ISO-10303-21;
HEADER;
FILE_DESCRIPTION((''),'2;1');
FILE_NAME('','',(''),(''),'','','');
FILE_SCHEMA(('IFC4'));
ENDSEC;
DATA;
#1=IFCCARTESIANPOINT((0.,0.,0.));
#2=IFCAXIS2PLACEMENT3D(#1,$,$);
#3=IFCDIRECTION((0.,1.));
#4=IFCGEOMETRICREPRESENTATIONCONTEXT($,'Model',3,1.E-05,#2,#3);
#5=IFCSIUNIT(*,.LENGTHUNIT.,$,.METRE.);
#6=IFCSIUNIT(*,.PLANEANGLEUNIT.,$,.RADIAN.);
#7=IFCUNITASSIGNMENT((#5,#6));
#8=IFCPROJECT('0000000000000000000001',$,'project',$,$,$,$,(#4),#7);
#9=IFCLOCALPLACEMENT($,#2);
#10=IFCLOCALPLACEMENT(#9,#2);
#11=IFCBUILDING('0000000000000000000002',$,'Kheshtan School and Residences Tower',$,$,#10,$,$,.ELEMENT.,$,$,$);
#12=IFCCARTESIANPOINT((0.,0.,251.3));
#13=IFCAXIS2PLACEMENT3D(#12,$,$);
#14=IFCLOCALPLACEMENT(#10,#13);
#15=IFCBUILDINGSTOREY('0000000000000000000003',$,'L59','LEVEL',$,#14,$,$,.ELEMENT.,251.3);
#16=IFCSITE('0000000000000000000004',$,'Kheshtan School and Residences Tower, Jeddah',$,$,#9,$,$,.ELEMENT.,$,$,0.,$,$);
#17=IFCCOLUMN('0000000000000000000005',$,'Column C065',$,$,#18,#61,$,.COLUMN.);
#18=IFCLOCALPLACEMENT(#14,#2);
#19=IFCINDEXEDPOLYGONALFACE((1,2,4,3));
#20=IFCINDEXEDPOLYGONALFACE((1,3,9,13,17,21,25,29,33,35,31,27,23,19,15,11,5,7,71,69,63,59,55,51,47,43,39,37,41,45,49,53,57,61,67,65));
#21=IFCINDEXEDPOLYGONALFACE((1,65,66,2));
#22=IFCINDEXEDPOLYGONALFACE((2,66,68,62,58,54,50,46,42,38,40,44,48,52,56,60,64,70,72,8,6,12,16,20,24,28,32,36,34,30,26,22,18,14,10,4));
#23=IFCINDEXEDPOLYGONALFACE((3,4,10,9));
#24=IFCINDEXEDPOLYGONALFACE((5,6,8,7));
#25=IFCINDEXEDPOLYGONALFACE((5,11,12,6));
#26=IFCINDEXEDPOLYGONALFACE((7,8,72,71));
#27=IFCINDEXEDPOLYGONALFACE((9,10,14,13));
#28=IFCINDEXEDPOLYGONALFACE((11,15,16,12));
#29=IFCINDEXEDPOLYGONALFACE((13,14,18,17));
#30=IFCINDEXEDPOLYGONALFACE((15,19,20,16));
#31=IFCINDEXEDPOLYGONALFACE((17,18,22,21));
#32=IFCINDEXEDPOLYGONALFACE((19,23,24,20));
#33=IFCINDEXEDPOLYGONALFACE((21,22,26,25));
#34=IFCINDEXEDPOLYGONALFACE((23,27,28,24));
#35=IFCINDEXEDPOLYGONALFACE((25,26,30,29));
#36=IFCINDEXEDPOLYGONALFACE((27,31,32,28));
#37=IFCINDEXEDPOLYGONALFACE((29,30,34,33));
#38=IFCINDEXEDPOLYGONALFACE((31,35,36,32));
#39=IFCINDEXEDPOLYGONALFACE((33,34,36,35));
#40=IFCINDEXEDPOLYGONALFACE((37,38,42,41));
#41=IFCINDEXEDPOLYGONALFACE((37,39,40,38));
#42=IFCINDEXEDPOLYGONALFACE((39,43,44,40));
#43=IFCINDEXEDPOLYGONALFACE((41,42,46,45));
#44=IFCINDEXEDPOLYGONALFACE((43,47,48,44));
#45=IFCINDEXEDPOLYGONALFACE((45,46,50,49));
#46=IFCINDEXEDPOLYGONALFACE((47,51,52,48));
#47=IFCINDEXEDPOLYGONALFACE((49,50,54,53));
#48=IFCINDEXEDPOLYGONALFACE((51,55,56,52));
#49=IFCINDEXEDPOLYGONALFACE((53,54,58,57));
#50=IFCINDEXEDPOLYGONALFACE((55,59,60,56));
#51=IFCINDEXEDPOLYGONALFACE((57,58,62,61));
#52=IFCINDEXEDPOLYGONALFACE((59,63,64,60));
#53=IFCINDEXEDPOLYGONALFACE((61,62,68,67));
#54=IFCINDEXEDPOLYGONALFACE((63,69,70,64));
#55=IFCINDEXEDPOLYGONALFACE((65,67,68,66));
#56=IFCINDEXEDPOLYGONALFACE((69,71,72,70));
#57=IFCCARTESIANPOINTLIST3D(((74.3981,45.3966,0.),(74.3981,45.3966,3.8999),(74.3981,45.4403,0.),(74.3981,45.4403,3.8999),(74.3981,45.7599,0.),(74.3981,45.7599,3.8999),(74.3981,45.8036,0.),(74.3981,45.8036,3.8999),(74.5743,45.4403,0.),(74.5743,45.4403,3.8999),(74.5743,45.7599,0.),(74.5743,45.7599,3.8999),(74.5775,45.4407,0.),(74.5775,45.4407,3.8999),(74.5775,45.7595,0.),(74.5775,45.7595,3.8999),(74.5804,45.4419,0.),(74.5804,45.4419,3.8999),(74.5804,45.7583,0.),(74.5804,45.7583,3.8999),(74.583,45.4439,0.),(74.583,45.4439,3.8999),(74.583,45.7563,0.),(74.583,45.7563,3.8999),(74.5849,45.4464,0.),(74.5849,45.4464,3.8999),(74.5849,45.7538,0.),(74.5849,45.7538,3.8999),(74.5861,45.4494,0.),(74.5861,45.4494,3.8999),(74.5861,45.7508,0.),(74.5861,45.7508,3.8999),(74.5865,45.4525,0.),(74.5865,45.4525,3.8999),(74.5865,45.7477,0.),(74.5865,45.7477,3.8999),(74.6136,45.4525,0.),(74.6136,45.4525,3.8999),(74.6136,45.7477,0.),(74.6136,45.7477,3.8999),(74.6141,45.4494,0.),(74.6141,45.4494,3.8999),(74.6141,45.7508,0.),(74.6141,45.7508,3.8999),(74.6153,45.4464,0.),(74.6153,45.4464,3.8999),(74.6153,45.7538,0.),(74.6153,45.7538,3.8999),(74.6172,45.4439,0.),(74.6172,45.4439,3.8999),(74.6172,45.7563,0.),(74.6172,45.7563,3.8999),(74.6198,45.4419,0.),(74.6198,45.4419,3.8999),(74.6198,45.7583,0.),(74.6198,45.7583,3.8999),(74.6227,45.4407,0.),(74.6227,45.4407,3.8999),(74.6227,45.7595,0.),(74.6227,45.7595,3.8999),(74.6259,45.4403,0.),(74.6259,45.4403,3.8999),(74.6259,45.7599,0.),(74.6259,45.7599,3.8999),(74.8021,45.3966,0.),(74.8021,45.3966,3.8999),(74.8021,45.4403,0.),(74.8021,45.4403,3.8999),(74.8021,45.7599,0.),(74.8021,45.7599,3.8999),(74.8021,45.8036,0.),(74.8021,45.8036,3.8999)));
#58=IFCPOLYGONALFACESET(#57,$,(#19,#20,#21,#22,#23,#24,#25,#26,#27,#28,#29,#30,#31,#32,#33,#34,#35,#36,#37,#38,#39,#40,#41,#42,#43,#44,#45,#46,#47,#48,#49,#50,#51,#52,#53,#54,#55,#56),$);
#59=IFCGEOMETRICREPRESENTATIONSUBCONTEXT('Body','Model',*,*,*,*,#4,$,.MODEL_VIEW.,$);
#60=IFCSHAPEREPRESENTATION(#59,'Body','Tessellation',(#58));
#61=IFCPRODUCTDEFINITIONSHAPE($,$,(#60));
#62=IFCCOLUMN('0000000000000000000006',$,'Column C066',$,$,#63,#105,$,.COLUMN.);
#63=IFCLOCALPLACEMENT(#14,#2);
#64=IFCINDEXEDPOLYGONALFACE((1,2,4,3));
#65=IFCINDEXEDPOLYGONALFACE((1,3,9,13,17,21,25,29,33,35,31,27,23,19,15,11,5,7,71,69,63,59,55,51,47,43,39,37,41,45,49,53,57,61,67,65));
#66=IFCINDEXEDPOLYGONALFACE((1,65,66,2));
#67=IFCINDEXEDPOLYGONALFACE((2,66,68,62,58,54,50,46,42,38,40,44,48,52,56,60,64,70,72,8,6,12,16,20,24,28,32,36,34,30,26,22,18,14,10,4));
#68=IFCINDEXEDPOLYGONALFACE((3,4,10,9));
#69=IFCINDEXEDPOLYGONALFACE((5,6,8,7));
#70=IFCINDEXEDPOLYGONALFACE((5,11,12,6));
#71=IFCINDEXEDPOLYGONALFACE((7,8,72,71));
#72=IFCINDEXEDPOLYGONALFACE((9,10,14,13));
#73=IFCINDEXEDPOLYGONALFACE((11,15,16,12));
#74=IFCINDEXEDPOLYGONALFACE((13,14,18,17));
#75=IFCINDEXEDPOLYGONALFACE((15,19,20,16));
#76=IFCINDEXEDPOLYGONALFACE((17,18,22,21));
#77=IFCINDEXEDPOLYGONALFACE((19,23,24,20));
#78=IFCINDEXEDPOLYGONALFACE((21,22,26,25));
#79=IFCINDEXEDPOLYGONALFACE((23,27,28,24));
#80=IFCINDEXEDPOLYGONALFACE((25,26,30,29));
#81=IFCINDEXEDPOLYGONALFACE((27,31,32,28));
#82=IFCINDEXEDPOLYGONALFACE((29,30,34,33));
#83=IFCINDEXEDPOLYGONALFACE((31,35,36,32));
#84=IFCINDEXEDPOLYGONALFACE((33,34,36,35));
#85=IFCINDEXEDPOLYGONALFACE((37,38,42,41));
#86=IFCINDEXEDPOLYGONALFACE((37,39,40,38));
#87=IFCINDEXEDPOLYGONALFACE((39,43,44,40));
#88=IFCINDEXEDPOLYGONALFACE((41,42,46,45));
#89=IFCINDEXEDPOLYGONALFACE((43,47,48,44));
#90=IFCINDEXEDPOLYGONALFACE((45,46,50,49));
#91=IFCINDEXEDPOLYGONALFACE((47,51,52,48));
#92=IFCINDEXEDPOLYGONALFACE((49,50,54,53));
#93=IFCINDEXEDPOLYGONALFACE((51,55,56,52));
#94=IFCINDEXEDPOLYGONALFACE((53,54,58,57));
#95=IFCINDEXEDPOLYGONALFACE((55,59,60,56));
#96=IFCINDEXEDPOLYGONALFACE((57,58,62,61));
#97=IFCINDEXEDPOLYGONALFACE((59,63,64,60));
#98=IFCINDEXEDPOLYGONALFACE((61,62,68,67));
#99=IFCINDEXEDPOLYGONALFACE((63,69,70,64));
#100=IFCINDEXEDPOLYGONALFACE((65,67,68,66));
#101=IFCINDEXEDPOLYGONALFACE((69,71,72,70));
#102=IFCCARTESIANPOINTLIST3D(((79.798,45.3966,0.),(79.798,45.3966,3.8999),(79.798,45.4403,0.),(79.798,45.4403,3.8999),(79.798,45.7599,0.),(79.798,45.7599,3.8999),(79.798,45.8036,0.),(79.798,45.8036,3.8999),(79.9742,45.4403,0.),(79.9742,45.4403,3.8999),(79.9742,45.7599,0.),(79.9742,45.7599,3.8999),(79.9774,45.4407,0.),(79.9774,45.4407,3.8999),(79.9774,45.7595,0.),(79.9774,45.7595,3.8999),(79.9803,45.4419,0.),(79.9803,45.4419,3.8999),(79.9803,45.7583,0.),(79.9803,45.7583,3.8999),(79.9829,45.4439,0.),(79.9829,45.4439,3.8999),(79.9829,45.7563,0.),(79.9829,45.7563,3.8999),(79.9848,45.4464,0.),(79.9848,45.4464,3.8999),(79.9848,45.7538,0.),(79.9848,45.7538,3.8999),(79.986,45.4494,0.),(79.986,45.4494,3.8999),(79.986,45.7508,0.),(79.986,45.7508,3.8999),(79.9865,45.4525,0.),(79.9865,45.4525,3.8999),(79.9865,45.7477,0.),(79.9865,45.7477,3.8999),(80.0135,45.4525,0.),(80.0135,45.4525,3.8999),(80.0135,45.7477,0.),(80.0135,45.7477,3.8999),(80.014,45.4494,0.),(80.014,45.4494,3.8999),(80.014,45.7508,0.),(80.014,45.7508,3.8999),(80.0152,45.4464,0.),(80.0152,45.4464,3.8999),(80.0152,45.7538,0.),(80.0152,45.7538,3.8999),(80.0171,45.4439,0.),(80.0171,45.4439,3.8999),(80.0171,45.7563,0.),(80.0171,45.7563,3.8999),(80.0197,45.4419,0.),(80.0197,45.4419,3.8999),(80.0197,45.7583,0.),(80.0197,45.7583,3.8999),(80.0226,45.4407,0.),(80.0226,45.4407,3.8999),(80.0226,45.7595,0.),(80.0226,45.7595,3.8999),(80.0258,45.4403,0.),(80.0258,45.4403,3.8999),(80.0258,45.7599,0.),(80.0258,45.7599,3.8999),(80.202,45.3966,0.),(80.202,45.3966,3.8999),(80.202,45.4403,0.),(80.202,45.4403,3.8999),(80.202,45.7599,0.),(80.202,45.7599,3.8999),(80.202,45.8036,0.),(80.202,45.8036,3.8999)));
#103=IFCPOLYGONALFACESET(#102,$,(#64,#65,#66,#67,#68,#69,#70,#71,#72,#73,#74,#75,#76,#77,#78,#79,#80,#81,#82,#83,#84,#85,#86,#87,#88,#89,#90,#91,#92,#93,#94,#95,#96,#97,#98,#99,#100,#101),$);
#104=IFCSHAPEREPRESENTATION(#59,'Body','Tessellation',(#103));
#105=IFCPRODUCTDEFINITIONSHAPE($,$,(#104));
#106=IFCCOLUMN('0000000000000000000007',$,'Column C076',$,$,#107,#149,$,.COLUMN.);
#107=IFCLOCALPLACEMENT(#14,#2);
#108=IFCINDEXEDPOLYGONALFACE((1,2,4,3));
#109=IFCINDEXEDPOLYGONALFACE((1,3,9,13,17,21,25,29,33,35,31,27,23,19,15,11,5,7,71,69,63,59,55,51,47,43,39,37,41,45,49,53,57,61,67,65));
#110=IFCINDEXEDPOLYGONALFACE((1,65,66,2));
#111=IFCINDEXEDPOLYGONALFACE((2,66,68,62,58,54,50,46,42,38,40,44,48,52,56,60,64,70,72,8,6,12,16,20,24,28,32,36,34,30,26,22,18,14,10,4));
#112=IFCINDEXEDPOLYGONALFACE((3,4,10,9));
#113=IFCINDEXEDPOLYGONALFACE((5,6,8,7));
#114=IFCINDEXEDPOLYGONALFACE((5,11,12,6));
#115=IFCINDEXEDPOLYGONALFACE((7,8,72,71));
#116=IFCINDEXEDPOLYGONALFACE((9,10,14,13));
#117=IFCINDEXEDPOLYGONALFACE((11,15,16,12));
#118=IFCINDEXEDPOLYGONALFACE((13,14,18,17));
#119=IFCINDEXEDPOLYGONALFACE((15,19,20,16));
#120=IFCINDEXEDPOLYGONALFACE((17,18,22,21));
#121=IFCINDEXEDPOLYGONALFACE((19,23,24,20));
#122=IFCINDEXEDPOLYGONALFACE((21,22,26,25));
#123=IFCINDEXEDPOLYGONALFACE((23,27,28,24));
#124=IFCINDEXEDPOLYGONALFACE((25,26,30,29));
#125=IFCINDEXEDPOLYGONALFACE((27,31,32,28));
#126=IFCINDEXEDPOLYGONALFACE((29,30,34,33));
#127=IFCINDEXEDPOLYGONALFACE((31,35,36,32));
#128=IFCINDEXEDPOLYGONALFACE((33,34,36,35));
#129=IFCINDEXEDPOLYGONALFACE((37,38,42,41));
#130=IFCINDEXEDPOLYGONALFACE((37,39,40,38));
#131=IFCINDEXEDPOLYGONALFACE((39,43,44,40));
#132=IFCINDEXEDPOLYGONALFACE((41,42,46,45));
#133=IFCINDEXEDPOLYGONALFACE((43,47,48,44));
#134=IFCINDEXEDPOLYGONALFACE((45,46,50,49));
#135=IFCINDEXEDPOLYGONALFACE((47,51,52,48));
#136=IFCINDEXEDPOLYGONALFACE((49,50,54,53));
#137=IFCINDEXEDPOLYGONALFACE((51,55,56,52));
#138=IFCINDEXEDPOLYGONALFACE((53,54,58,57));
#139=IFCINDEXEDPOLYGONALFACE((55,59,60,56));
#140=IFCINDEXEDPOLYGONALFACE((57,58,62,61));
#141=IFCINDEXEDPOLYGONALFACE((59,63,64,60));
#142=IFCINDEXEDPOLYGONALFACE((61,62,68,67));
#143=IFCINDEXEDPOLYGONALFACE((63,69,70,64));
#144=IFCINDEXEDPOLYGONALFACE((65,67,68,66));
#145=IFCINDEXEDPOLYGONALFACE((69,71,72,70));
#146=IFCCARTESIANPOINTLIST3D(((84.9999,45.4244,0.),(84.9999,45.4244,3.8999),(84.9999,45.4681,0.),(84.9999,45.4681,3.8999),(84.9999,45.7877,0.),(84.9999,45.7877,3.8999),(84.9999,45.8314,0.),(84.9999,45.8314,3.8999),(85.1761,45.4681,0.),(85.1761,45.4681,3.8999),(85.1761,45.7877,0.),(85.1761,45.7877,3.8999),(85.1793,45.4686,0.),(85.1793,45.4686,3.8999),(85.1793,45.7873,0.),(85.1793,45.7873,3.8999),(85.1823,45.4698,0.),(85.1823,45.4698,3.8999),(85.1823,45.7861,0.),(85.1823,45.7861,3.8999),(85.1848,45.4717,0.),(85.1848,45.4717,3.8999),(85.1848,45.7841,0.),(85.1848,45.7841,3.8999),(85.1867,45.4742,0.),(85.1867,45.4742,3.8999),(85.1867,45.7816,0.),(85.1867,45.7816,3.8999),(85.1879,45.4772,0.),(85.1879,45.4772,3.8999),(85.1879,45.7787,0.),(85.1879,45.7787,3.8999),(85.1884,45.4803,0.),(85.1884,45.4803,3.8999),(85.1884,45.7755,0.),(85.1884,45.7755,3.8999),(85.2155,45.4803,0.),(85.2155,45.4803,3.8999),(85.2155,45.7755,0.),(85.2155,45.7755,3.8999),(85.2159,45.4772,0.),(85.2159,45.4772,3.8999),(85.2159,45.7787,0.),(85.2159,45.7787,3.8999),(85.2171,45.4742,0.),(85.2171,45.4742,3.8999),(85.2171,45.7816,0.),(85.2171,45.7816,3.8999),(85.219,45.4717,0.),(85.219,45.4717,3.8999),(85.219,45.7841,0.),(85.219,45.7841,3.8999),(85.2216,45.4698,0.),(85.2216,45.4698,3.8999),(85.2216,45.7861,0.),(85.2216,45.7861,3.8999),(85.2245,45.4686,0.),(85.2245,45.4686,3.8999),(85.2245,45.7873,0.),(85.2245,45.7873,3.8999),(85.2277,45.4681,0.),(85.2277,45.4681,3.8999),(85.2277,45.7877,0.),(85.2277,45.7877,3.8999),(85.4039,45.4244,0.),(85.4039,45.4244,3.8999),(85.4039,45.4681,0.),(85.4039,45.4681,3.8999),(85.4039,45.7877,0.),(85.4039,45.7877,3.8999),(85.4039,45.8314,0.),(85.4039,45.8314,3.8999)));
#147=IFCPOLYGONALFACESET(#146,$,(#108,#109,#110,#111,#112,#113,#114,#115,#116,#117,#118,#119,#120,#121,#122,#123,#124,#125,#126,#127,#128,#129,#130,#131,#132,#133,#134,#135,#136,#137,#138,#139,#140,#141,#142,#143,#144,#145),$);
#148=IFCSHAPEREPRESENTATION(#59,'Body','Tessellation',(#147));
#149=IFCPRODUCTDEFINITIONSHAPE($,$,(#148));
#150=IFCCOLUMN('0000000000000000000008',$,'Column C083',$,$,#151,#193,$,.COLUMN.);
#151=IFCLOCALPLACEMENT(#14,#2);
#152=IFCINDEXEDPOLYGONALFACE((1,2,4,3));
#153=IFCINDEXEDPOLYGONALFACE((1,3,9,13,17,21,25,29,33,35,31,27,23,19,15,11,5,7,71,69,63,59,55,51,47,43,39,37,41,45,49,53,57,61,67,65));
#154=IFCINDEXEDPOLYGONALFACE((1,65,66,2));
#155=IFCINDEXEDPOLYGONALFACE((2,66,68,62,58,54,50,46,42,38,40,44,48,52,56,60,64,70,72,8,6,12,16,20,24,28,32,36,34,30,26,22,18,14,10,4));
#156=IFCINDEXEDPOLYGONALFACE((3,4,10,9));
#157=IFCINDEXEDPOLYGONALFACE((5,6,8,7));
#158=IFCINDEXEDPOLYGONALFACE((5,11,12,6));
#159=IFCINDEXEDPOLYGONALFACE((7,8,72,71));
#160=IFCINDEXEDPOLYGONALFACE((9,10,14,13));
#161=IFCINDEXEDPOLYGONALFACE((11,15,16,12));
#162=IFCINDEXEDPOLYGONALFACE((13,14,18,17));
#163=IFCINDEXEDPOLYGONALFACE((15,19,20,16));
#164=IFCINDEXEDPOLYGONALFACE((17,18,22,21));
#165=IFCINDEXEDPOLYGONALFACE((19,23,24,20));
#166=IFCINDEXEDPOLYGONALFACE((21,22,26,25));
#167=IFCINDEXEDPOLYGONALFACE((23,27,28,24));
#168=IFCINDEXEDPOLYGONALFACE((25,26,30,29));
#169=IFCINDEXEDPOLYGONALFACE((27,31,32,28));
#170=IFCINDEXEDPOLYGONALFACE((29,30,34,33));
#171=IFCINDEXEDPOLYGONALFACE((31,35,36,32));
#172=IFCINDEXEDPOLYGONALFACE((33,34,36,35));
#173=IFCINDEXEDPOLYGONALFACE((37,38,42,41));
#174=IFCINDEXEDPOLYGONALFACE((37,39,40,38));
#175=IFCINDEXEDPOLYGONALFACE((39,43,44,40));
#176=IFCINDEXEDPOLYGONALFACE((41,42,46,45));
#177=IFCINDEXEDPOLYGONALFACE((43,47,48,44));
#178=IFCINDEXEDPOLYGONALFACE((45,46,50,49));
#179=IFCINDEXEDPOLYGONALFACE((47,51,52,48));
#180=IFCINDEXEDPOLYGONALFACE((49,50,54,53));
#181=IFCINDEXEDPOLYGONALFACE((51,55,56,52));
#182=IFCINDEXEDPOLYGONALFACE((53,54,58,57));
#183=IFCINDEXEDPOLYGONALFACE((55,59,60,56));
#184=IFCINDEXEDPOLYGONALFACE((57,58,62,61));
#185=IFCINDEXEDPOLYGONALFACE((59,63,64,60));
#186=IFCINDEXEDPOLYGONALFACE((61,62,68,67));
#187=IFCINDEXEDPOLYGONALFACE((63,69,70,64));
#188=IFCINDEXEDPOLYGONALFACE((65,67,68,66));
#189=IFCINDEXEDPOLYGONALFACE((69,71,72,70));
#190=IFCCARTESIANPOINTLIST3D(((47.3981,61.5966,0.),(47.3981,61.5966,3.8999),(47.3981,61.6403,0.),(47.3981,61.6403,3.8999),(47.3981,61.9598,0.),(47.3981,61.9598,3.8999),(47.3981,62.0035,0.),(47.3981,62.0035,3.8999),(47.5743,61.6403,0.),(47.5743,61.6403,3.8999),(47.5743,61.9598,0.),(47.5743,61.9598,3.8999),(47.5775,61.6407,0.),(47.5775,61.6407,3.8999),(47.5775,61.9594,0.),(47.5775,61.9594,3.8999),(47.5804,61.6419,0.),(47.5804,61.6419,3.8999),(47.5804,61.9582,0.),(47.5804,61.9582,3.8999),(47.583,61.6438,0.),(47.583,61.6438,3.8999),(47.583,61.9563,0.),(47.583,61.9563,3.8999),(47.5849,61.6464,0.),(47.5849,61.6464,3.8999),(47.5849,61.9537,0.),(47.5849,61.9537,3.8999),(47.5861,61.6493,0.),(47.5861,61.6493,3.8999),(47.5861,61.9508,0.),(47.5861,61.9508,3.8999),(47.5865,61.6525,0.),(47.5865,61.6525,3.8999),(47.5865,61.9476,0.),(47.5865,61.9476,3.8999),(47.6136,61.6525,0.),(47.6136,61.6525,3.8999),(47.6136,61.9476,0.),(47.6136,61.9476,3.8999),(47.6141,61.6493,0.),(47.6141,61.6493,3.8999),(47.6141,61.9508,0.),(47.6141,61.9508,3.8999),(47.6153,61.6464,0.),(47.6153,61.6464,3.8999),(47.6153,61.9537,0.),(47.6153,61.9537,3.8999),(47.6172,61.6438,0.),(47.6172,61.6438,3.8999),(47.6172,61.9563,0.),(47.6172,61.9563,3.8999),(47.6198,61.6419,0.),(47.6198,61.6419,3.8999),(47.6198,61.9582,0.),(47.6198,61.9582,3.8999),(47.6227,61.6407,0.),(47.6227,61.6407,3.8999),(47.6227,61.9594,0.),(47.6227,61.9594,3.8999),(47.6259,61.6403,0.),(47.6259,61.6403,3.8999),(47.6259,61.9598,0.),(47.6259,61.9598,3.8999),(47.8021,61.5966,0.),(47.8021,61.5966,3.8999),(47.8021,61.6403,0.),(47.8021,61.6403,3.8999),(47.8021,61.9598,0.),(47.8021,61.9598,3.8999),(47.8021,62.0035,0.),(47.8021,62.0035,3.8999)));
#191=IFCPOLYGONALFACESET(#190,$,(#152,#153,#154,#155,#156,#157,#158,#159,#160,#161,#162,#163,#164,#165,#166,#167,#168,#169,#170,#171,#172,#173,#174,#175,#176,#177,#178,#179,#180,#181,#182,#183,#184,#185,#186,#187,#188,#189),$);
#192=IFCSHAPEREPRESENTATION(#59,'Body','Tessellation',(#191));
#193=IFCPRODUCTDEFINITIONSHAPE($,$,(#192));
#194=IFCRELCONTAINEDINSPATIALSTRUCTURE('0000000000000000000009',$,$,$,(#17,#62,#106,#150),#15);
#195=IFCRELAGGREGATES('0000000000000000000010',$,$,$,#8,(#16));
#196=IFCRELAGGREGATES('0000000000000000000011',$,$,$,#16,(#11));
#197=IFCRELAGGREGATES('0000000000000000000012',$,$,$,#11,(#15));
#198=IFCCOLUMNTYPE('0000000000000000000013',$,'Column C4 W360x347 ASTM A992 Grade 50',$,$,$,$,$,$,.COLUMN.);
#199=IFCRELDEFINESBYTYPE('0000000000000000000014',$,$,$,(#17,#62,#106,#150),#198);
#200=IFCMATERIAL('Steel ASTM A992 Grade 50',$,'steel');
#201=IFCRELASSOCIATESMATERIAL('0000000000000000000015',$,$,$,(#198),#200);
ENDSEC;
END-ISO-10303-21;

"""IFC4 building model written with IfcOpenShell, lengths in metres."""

from ifc_helpers import new_model, si_unit, direction, frame, origin, origin_2d, place, context, subcontext, project, spatial, i_section, extrude, material, material_profile, profile_set, type_object, element, save


model = new_model("IFC4")

# Units and contexts
model_context = context("Model", 3, precision=1e-05, world=origin(), true_north=direction((0.0, 1.0)))
body_context = subcontext(model_context, "Body", "Model", "MODEL_VIEW")
ifc_project = project(units=[si_unit("LENGTHUNIT", "METRE"), si_unit("PLANEANGLEUNIT", "RADIAN")], contexts=[model_context])

# Site, building, storey
site_placement = place(None, origin())
site = spatial("IfcSite", under=ifc_project, at=site_placement, Name="Kheshtan School and Residences Tower, Jeddah", CompositionType="ELEMENT", RefElevation=0.0)
building_placement = place(site_placement, origin())
building = spatial("IfcBuilding", under=site, at=building_placement, Name="Kheshtan School and Residences Tower", CompositionType="ELEMENT")
storey_placement = place(building_placement, frame((0.0, 0.0, 251.3)))
storey = spatial("IfcBuildingStorey", under=building, at=storey_placement, Name="L59", Description="LEVEL", CompositionType="ELEMENT", Elevation=251.3)

# Columns
ifc_material_1 = material(Name="Steel ASTM A992 Grade 50", Category="steel")
ifc_material_profile_1 = material_profile(ifc_material_1, i_section(OverallWidth=0.4041, OverallDepth=0.407, WebThickness=0.0271, FlangeThickness=0.0437, FilletRadius=0.0122, at=origin_2d()), Name="W360x347")
ifc_profile_set_1 = profile_set([ifc_material_profile_1], Name="Steel ASTM A992 Grade 50")
column_type = type_object("IfcColumnType", Name="Column C4 W360x347 ASTM A992 Grade 50", PredefinedType="COLUMN", material=ifc_profile_set_1)
for number, where, z_axis, x_axis, name in (
    (1, (74.6001, 45.6001, 0.0), (0.0, 0.0, 1.0), (1.0, 0.0, 0.0), "Column C065"),
    (2, (80.0, 45.6001, 0.0), (0.0, 0.0, 1.0), (1.0, 0.0, 0.0), "Column C066"),
    (3, (85.2019, 45.6279, 0.0), (0.0, 0.0, 1.0), (1.0, 0.0, 0.0), "Column C076"),
    (4, (47.6001, 61.8, 0.0), (0.0, 0.0, 1.0), (1.0, 0.0, 0.0), "Column C083"),
):
    element("IfcColumn", number, at=place(storey_placement, frame(where, z_axis=z_axis, x_axis=x_axis)), inside=storey, type_object=column_type, Name=name, PredefinedType="COLUMN", context=body_context, shape_type="SweptSolid", body=[
        extrude(i_section(OverallWidth=0.4041, OverallDepth=0.407, WebThickness=0.0271, FlangeThickness=0.0437, FilletRadius=0.0122, at=origin_2d()), origin(), (0.0, 0.0, 1.0), 3.8999),
    ])

save(model, "model.ifc")
